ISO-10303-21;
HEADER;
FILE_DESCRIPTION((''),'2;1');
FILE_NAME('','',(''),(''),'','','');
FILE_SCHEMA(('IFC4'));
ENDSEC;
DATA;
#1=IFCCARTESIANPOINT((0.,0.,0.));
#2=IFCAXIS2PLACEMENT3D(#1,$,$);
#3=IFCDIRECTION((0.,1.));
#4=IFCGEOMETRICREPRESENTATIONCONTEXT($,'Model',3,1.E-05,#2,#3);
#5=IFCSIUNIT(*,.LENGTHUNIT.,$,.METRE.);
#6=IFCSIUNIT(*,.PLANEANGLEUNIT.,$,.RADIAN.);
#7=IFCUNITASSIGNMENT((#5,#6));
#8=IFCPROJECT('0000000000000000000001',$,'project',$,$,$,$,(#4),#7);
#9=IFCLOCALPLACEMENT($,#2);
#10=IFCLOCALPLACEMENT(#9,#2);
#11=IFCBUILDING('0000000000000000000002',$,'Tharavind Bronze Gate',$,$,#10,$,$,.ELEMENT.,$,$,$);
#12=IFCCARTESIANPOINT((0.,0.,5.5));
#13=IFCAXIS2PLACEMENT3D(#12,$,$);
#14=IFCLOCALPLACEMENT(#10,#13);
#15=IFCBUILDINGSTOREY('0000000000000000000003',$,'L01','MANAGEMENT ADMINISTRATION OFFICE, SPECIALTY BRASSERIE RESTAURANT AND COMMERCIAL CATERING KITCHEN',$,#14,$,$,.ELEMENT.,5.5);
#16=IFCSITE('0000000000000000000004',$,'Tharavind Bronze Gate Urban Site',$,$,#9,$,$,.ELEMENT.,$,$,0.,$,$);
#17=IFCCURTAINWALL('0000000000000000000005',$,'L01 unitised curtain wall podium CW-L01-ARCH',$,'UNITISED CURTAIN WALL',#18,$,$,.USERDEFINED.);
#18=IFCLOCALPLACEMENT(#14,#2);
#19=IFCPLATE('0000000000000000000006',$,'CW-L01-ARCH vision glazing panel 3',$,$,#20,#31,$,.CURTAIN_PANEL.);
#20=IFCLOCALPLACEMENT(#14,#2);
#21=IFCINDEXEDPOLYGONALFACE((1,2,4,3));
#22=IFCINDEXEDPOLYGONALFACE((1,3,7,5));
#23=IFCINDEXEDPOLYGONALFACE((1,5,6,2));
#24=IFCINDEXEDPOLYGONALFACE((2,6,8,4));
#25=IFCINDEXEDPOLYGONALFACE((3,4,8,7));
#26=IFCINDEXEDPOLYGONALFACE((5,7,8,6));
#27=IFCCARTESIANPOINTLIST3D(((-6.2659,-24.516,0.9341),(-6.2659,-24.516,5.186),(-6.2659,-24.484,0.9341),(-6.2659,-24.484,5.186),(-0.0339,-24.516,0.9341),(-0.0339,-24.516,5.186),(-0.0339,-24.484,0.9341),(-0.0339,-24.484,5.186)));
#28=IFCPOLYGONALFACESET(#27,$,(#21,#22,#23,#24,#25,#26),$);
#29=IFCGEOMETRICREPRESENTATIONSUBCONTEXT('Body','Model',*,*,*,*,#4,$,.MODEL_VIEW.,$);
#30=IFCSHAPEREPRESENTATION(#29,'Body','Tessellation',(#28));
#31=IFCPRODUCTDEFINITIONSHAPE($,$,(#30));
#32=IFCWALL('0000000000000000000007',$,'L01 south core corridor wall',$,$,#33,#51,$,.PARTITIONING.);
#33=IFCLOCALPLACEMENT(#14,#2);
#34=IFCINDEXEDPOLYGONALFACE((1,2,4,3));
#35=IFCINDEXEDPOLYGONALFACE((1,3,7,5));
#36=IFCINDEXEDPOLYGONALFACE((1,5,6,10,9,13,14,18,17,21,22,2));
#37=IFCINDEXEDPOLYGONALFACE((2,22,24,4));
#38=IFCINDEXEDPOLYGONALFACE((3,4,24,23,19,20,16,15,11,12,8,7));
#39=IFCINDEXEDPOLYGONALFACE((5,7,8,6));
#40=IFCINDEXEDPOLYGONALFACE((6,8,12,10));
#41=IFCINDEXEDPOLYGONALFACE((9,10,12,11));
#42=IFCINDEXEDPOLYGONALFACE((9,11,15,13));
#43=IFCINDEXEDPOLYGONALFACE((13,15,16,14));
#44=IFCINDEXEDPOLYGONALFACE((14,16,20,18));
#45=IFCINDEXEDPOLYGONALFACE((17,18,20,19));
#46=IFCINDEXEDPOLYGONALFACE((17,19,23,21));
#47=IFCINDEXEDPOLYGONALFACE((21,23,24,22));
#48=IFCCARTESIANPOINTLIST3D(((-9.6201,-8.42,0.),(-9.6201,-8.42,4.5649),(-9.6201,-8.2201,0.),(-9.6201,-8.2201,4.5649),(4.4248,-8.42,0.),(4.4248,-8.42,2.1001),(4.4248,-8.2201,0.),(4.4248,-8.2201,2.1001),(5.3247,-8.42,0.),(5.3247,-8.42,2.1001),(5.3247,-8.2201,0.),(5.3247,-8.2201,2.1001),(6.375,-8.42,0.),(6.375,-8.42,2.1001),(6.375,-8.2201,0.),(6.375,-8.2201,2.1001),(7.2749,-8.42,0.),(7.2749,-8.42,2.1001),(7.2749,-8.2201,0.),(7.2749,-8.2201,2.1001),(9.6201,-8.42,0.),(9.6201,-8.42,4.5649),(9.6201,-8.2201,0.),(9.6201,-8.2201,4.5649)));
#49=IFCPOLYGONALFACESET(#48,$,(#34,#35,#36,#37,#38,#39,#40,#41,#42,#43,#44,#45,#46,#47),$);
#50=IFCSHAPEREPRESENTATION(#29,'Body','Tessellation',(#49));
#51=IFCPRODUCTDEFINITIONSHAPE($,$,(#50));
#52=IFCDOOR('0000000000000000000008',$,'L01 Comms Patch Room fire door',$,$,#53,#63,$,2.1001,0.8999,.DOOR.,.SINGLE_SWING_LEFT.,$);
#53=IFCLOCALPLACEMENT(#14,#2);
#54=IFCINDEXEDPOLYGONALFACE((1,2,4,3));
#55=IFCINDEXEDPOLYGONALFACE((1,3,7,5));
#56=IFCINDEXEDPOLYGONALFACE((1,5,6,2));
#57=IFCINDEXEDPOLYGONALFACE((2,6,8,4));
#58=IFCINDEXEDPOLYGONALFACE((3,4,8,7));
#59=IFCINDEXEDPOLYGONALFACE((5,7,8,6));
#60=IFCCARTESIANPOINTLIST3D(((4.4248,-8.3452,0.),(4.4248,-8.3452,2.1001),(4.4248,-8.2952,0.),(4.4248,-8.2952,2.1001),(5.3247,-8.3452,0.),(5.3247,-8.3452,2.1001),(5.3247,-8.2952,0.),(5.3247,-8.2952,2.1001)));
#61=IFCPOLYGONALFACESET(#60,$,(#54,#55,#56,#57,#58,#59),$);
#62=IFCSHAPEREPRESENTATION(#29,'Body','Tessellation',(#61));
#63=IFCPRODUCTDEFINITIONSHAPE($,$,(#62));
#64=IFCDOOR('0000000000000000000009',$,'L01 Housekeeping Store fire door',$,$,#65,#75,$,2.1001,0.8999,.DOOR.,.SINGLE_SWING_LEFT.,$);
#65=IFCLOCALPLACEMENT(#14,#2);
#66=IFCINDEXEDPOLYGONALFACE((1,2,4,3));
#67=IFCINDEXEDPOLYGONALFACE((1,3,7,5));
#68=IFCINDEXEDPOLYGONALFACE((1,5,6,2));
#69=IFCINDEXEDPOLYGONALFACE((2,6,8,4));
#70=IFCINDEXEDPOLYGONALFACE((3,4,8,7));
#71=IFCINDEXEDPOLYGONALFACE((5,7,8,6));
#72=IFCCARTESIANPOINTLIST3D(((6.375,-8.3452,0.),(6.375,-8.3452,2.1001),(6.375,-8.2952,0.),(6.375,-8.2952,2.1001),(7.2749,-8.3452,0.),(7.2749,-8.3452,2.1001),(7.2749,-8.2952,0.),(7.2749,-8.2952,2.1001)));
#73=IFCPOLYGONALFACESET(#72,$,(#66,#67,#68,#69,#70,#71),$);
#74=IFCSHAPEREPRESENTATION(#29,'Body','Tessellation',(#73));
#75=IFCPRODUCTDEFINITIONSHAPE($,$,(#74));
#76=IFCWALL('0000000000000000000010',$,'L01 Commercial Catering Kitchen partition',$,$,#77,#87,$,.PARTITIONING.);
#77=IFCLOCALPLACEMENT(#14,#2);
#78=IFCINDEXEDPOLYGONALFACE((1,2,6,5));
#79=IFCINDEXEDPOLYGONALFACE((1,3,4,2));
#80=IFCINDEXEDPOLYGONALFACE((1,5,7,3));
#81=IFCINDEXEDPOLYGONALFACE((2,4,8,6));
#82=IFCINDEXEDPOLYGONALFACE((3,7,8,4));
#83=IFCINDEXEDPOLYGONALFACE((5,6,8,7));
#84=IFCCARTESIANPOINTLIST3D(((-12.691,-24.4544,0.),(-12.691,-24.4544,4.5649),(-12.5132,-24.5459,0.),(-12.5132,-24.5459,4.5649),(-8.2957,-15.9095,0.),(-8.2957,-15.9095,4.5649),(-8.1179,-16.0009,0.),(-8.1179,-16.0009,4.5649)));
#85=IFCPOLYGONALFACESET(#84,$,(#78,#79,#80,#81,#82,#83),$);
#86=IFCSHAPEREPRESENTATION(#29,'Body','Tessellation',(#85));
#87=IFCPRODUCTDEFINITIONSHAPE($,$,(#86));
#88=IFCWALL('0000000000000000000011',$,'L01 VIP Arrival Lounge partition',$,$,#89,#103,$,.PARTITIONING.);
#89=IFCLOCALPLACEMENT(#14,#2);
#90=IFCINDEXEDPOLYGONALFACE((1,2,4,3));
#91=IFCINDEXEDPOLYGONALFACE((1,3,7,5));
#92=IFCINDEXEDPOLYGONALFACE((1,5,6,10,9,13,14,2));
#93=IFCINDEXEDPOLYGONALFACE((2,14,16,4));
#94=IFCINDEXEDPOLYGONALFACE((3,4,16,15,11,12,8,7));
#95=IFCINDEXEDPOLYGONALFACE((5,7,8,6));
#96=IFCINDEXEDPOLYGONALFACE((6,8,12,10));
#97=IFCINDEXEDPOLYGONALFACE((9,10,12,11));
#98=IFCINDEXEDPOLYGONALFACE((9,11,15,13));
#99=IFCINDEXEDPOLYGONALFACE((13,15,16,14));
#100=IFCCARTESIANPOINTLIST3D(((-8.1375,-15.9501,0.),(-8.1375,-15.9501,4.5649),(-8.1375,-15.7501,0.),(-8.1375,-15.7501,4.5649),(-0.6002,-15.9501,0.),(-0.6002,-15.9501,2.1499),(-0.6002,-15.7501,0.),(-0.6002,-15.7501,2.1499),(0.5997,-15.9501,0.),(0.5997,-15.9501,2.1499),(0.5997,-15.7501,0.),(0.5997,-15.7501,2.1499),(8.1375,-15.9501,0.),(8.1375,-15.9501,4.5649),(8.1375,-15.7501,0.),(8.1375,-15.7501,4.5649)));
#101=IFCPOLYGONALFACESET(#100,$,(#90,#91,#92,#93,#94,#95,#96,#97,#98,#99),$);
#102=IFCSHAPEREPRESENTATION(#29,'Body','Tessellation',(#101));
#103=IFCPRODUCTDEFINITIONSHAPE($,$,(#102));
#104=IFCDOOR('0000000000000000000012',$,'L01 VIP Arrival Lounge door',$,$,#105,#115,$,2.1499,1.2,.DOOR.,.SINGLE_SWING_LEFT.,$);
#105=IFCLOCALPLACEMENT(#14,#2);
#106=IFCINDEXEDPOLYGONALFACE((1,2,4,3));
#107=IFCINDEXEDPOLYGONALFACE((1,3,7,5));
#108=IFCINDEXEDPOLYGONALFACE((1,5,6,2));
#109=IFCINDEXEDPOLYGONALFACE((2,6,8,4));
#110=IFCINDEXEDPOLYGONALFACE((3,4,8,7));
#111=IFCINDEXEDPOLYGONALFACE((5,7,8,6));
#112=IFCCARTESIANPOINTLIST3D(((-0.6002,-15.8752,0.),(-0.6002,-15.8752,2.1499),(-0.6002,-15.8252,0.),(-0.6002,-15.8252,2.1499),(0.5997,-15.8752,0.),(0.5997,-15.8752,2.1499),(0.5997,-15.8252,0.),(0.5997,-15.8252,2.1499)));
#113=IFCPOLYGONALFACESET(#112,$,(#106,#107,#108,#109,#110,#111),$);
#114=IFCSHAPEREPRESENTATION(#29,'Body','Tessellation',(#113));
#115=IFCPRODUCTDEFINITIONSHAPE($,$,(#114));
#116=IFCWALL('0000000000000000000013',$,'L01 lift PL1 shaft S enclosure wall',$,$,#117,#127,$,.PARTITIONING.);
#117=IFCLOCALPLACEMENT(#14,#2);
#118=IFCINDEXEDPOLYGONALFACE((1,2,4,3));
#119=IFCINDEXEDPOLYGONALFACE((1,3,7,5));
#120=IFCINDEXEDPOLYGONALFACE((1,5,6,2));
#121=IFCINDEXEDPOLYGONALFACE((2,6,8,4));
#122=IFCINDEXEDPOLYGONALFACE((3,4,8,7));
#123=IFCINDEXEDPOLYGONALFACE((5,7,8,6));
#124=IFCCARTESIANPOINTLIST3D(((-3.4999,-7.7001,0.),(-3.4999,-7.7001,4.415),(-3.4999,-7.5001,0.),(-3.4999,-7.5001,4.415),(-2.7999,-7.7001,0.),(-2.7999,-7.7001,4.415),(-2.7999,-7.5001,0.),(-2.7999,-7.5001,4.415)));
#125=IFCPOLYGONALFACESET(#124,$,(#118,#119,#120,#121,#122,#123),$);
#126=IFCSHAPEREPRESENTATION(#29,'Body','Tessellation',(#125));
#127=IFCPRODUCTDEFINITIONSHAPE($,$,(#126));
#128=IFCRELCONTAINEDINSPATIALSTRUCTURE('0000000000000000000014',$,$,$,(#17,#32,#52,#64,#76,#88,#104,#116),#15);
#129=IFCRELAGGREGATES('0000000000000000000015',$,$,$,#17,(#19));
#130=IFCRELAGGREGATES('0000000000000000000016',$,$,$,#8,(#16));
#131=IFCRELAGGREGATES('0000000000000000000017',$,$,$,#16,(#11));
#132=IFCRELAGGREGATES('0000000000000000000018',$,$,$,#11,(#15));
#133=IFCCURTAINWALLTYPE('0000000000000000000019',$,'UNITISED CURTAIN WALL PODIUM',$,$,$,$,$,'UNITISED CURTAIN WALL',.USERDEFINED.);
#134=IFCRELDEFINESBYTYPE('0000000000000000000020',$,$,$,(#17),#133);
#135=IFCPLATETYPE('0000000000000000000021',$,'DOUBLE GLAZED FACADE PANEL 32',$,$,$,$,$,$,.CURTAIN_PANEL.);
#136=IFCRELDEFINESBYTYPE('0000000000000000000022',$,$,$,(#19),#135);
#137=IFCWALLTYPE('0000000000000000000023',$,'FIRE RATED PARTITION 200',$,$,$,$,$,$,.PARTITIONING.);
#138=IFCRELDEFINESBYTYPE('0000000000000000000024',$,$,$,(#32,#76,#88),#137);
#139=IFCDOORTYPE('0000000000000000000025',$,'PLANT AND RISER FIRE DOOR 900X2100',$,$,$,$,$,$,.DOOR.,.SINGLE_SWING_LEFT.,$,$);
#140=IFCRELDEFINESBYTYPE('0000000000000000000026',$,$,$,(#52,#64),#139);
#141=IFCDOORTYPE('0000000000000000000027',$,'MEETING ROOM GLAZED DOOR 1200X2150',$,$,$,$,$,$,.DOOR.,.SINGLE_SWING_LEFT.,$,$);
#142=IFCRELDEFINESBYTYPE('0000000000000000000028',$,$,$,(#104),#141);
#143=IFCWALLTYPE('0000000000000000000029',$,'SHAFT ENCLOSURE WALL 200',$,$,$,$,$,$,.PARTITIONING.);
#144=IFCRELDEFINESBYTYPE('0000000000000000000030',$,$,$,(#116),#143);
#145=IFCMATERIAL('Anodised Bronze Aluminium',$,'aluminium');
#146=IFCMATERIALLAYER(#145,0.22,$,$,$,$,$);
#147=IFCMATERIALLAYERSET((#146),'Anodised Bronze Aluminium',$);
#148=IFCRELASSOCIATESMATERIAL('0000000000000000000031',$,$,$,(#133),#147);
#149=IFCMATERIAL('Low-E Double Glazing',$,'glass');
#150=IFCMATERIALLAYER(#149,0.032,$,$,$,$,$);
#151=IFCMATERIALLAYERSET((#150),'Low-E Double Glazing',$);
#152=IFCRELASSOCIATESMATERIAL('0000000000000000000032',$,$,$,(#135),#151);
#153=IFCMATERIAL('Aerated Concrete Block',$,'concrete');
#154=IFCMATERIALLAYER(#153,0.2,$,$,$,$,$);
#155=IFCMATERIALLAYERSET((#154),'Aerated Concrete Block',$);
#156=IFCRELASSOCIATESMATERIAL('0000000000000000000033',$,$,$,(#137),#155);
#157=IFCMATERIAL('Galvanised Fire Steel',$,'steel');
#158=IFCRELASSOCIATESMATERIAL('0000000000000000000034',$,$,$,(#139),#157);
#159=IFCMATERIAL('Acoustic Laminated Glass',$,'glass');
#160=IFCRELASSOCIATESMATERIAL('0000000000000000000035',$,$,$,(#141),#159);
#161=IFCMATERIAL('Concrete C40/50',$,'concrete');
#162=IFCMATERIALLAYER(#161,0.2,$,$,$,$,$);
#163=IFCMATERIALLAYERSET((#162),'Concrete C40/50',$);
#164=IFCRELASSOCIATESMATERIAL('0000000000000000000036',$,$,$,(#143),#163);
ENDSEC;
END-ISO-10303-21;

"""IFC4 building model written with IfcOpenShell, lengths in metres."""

from ifc_helpers import new_model, si_unit, direction, frame, frame_2d, origin, origin_2d, place, context, subcontext, project, spatial, rectangle, extrude, material, layer, layer_set, type_object, element, fill, aggregate, save


model = new_model("IFC4")

# Units and contexts
model_context = context("Model", 3, precision=1e-05, world=origin(), true_north=direction((0.0, 1.0)))
body_context = subcontext(model_context, "Body", "Model", "MODEL_VIEW")
ifc_project = project(units=[si_unit("LENGTHUNIT", "METRE"), si_unit("PLANEANGLEUNIT", "RADIAN")], contexts=[model_context])

# Site, building, storey
site_placement = place(None, origin())
site = spatial("IfcSite", under=ifc_project, at=site_placement, Name="Tharavind Bronze Gate Urban Site", CompositionType="ELEMENT", RefElevation=0.0)
building_placement = place(site_placement, origin())
building = spatial("IfcBuilding", under=site, at=building_placement, Name="Tharavind Bronze Gate", CompositionType="ELEMENT")
storey_placement = place(building_placement, frame((0.0, 0.0, 5.5)))
storey = spatial("IfcBuildingStorey", under=building, at=storey_placement, Name="L01", Description="MANAGEMENT ADMINISTRATION OFFICE, SPECIALTY BRASSERIE RESTAURANT AND COMMERCIAL CATERING KITCHEN", CompositionType="ELEMENT", Elevation=5.5)

# Curtain wall
ifc_material_1 = material(Name="Anodised Bronze Aluminium", Category="aluminium")
ifc_layer_1 = layer(ifc_material_1, 0.22)
ifc_layer_set_1 = layer_set([ifc_layer_1], Name="Anodised Bronze Aluminium")
curtain_wall_type = type_object("IfcCurtainWallType", Name="UNITISED CURTAIN WALL PODIUM", ElementType="UNITISED CURTAIN WALL", PredefinedType="USERDEFINED", material=ifc_layer_set_1)
curtain_wall_placement = place(storey_placement, origin())
curtain_wall = element("IfcCurtainWall", 1, at=curtain_wall_placement, inside=storey, type_object=curtain_wall_type, Name="L01 unitised curtain wall podium CW-L01-ARCH", ObjectType="UNITISED CURTAIN WALL", PredefinedType="USERDEFINED")

# Plate
ifc_material_2 = material(Name="Low-E Double Glazing", Category="glass")
ifc_layer_2 = layer(ifc_material_2, 0.032)
ifc_layer_set_2 = layer_set([ifc_layer_2], Name="Low-E Double Glazing")
plate_type_1 = type_object("IfcPlateType", Name="DOUBLE GLAZED FACADE PANEL 32", PredefinedType="CURTAIN_PANEL", material=ifc_layer_set_2)
plate_1_placement = place(storey_placement, frame((-3.1499, -24.5, 0.9341), z_axis=(0.0, 0.0, 1.0), x_axis=(1.0, 0.0, 0.0)))
plate_1 = element("IfcPlate", 2, at=plate_1_placement, type_object=plate_type_1, Name="CW-L01-ARCH vision glazing panel 3", PredefinedType="CURTAIN_PANEL", context=body_context, shape_type="SweptSolid", body=[
    extrude(rectangle(XDim=6.2319, YDim=0.032, at=origin_2d()), origin(), (0.0, 0.0, 1.0), 4.252),
])
aggregate(curtain_wall, [plate_1])

# Wall, openings, doors
ifc_material_3 = material(Name="Aerated Concrete Block", Category="concrete")
ifc_layer_3 = layer(ifc_material_3, 0.2)
ifc_layer_set_3 = layer_set([ifc_layer_3], Name="Aerated Concrete Block")
wall_type_1 = type_object("IfcWallType", Name="FIRE RATED PARTITION 200", PredefinedType="PARTITIONING", material=ifc_layer_set_3)
wall_1_placement = place(storey_placement, frame((-9.6201, -8.3201, 0.0), z_axis=(0.0, 0.0, 1.0), x_axis=(1.0, 0.0, 0.0)))
wall_1 = element("IfcWall", 3, at=wall_1_placement, inside=storey, type_object=wall_type_1, Name="L01 south core corridor wall", PredefinedType="PARTITIONING", context=body_context, shape_type="SweptSolid", body=[
    extrude(rectangle(XDim=19.2402, YDim=0.2, at=frame_2d((9.6201, 0.0))), origin(), (0.0, 0.0, 1.0), 4.5649),
])
opening_1_placement = place(wall_1_placement, frame((14.0449, 0.0, 0.0)))
opening_1 = element("IfcOpeningElement", 4, at=opening_1_placement, cuts=wall_1, PredefinedType="OPENING", context=body_context, shape_type="SweptSolid", body=[
    extrude(rectangle(XDim=0.8999, YDim=2.1001, at=frame_2d((0.45, 1.05))), frame((0.0, 0.1101, 0.0), z_axis=(0.0, -1.0, 0.0), x_axis=(1.0, 0.0, 0.0)), (0.0, 0.0, 1.0), 0.22),
])
opening_2_placement = place(wall_1_placement, frame((15.9951, 0.0, 0.0)))
opening_2 = element("IfcOpeningElement", 5, at=opening_2_placement, cuts=wall_1, PredefinedType="OPENING", context=body_context, shape_type="SweptSolid", body=[
    extrude(rectangle(XDim=0.8999, YDim=2.1001, at=frame_2d((0.45, 1.05))), frame((0.0, 0.1101, 0.0), z_axis=(0.0, -1.0, 0.0), x_axis=(1.0, 0.0, 0.0)), (0.0, 0.0, 1.0), 0.22),
])
ifc_material_4 = material(Name="Galvanised Fire Steel", Category="steel")
door_type_1 = type_object("IfcDoorType", Name="PLANT AND RISER FIRE DOOR 900X2100", OperationType="SINGLE_SWING_LEFT", PredefinedType="DOOR", material=ifc_material_4)
door_1_placement = place(opening_1_placement, origin())
door_1 = element("IfcDoor", 6, at=door_1_placement, inside=storey, type_object=door_type_1, Name="L01 Comms Patch Room fire door", OperationType="SINGLE_SWING_LEFT", OverallHeight=2.1001, OverallWidth=0.8999, PredefinedType="DOOR", context=body_context, shape_type="SweptSolid", body=[
    extrude(rectangle(XDim=0.8999, YDim=2.1001, at=frame_2d((0.45, 1.05))), frame((0.0, 0.0249, 0.0), z_axis=(0.0, -1.0, 0.0), x_axis=(1.0, 0.0, 0.0)), (0.0, 0.0, 1.0), 0.05),
])
fill(opening_1, door_1)
door_2_placement = place(opening_2_placement, origin())
door_2 = element("IfcDoor", 7, at=door_2_placement, inside=storey, type_object=door_type_1, Name="L01 Housekeeping Store fire door", OperationType="SINGLE_SWING_LEFT", OverallHeight=2.1001, OverallWidth=0.8999, PredefinedType="DOOR", context=body_context, shape_type="SweptSolid", body=[
    extrude(rectangle(XDim=0.8999, YDim=2.1001, at=frame_2d((0.45, 1.05))), frame((0.0, 0.0249, 0.0), z_axis=(0.0, -1.0, 0.0), x_axis=(1.0, 0.0, 0.0)), (0.0, 0.0, 1.0), 0.05),
])
fill(opening_2, door_2)

# Wall
wall_2_placement = place(storey_placement, frame((-8.2068, -15.9551, 0.0), z_axis=(0.0, 0.0, 1.0), x_axis=(-0.457408, -0.889257, 0.0)))
element("IfcWall", 8, at=wall_2_placement, inside=storey, type_object=wall_type_1, Name="L01 Commercial Catering Kitchen partition", PredefinedType="PARTITIONING", context=body_context, shape_type="SweptSolid", body=[
    extrude(rectangle(XDim=9.6091, YDim=0.2, at=frame_2d((4.8047, 0.0))), origin(), (0.0, 0.0, 1.0), 4.5649),
])

# Wall, opening, door
wall_3_placement = place(storey_placement, frame((-8.1375, -15.8501, 0.0), z_axis=(0.0, 0.0, 1.0), x_axis=(1.0, 0.0, 0.0)))
wall_3 = element("IfcWall", 9, at=wall_3_placement, inside=storey, type_object=wall_type_1, Name="L01 VIP Arrival Lounge partition", PredefinedType="PARTITIONING", context=body_context, shape_type="SweptSolid", body=[
    extrude(rectangle(XDim=16.2749, YDim=0.2, at=frame_2d((8.1375, 0.0))), origin(), (0.0, 0.0, 1.0), 4.5649),
])
opening_3_placement = place(wall_3_placement, frame((7.5371, 0.0, 0.0)))
opening_3 = element("IfcOpeningElement", 10, at=opening_3_placement, cuts=wall_3, PredefinedType="OPENING", context=body_context, shape_type="SweptSolid", body=[
    extrude(rectangle(XDim=1.2, YDim=2.1499, at=frame_2d((0.6001, 1.075))), frame((0.0, 0.1101, 0.0), z_axis=(0.0, -1.0, 0.0), x_axis=(1.0, 0.0, 0.0)), (0.0, 0.0, 1.0), 0.22),
])
ifc_material_5 = material(Name="Acoustic Laminated Glass", Category="glass")
door_type_2 = type_object("IfcDoorType", Name="MEETING ROOM GLAZED DOOR 1200X2150", OperationType="SINGLE_SWING_LEFT", PredefinedType="DOOR", material=ifc_material_5)
door_3_placement = place(opening_3_placement, origin())
door_3 = element("IfcDoor", 11, at=door_3_placement, inside=storey, type_object=door_type_2, Name="L01 VIP Arrival Lounge door", OperationType="SINGLE_SWING_LEFT", OverallHeight=2.1499, OverallWidth=1.2, PredefinedType="DOOR", context=body_context, shape_type="SweptSolid", body=[
    extrude(rectangle(XDim=1.2, YDim=2.1499, at=frame_2d((0.6001, 1.075))), frame((0.0, 0.0249, 0.0), z_axis=(0.0, -1.0, 0.0), x_axis=(1.0, 0.0, 0.0)), (0.0, 0.0, 1.0), 0.05),
])
fill(opening_3, door_3)

# Wall
ifc_material_6 = material(Name="Concrete C40/50", Category="concrete")
ifc_layer_4 = layer(ifc_material_6, 0.2)
ifc_layer_set_4 = layer_set([ifc_layer_4], Name="Concrete C40/50")
wall_type_2 = type_object("IfcWallType", Name="SHAFT ENCLOSURE WALL 200", PredefinedType="PARTITIONING", material=ifc_layer_set_4)
wall_4_placement = place(storey_placement, frame((-3.5, -7.6001, 0.0), z_axis=(0.0, 0.0, 1.0), x_axis=(1.0, 0.0, 0.0)))
element("IfcWall", 12, at=wall_4_placement, inside=storey, type_object=wall_type_2, Name="L01 lift PL1 shaft S enclosure wall", PredefinedType="PARTITIONING", context=body_context, shape_type="SweptSolid", body=[
    extrude(rectangle(XDim=0.7, YDim=0.2, at=frame_2d((0.3501, 0.0))), origin(), (0.0, 0.0, 1.0), 4.415),
])

save(model, "model.ifc")
